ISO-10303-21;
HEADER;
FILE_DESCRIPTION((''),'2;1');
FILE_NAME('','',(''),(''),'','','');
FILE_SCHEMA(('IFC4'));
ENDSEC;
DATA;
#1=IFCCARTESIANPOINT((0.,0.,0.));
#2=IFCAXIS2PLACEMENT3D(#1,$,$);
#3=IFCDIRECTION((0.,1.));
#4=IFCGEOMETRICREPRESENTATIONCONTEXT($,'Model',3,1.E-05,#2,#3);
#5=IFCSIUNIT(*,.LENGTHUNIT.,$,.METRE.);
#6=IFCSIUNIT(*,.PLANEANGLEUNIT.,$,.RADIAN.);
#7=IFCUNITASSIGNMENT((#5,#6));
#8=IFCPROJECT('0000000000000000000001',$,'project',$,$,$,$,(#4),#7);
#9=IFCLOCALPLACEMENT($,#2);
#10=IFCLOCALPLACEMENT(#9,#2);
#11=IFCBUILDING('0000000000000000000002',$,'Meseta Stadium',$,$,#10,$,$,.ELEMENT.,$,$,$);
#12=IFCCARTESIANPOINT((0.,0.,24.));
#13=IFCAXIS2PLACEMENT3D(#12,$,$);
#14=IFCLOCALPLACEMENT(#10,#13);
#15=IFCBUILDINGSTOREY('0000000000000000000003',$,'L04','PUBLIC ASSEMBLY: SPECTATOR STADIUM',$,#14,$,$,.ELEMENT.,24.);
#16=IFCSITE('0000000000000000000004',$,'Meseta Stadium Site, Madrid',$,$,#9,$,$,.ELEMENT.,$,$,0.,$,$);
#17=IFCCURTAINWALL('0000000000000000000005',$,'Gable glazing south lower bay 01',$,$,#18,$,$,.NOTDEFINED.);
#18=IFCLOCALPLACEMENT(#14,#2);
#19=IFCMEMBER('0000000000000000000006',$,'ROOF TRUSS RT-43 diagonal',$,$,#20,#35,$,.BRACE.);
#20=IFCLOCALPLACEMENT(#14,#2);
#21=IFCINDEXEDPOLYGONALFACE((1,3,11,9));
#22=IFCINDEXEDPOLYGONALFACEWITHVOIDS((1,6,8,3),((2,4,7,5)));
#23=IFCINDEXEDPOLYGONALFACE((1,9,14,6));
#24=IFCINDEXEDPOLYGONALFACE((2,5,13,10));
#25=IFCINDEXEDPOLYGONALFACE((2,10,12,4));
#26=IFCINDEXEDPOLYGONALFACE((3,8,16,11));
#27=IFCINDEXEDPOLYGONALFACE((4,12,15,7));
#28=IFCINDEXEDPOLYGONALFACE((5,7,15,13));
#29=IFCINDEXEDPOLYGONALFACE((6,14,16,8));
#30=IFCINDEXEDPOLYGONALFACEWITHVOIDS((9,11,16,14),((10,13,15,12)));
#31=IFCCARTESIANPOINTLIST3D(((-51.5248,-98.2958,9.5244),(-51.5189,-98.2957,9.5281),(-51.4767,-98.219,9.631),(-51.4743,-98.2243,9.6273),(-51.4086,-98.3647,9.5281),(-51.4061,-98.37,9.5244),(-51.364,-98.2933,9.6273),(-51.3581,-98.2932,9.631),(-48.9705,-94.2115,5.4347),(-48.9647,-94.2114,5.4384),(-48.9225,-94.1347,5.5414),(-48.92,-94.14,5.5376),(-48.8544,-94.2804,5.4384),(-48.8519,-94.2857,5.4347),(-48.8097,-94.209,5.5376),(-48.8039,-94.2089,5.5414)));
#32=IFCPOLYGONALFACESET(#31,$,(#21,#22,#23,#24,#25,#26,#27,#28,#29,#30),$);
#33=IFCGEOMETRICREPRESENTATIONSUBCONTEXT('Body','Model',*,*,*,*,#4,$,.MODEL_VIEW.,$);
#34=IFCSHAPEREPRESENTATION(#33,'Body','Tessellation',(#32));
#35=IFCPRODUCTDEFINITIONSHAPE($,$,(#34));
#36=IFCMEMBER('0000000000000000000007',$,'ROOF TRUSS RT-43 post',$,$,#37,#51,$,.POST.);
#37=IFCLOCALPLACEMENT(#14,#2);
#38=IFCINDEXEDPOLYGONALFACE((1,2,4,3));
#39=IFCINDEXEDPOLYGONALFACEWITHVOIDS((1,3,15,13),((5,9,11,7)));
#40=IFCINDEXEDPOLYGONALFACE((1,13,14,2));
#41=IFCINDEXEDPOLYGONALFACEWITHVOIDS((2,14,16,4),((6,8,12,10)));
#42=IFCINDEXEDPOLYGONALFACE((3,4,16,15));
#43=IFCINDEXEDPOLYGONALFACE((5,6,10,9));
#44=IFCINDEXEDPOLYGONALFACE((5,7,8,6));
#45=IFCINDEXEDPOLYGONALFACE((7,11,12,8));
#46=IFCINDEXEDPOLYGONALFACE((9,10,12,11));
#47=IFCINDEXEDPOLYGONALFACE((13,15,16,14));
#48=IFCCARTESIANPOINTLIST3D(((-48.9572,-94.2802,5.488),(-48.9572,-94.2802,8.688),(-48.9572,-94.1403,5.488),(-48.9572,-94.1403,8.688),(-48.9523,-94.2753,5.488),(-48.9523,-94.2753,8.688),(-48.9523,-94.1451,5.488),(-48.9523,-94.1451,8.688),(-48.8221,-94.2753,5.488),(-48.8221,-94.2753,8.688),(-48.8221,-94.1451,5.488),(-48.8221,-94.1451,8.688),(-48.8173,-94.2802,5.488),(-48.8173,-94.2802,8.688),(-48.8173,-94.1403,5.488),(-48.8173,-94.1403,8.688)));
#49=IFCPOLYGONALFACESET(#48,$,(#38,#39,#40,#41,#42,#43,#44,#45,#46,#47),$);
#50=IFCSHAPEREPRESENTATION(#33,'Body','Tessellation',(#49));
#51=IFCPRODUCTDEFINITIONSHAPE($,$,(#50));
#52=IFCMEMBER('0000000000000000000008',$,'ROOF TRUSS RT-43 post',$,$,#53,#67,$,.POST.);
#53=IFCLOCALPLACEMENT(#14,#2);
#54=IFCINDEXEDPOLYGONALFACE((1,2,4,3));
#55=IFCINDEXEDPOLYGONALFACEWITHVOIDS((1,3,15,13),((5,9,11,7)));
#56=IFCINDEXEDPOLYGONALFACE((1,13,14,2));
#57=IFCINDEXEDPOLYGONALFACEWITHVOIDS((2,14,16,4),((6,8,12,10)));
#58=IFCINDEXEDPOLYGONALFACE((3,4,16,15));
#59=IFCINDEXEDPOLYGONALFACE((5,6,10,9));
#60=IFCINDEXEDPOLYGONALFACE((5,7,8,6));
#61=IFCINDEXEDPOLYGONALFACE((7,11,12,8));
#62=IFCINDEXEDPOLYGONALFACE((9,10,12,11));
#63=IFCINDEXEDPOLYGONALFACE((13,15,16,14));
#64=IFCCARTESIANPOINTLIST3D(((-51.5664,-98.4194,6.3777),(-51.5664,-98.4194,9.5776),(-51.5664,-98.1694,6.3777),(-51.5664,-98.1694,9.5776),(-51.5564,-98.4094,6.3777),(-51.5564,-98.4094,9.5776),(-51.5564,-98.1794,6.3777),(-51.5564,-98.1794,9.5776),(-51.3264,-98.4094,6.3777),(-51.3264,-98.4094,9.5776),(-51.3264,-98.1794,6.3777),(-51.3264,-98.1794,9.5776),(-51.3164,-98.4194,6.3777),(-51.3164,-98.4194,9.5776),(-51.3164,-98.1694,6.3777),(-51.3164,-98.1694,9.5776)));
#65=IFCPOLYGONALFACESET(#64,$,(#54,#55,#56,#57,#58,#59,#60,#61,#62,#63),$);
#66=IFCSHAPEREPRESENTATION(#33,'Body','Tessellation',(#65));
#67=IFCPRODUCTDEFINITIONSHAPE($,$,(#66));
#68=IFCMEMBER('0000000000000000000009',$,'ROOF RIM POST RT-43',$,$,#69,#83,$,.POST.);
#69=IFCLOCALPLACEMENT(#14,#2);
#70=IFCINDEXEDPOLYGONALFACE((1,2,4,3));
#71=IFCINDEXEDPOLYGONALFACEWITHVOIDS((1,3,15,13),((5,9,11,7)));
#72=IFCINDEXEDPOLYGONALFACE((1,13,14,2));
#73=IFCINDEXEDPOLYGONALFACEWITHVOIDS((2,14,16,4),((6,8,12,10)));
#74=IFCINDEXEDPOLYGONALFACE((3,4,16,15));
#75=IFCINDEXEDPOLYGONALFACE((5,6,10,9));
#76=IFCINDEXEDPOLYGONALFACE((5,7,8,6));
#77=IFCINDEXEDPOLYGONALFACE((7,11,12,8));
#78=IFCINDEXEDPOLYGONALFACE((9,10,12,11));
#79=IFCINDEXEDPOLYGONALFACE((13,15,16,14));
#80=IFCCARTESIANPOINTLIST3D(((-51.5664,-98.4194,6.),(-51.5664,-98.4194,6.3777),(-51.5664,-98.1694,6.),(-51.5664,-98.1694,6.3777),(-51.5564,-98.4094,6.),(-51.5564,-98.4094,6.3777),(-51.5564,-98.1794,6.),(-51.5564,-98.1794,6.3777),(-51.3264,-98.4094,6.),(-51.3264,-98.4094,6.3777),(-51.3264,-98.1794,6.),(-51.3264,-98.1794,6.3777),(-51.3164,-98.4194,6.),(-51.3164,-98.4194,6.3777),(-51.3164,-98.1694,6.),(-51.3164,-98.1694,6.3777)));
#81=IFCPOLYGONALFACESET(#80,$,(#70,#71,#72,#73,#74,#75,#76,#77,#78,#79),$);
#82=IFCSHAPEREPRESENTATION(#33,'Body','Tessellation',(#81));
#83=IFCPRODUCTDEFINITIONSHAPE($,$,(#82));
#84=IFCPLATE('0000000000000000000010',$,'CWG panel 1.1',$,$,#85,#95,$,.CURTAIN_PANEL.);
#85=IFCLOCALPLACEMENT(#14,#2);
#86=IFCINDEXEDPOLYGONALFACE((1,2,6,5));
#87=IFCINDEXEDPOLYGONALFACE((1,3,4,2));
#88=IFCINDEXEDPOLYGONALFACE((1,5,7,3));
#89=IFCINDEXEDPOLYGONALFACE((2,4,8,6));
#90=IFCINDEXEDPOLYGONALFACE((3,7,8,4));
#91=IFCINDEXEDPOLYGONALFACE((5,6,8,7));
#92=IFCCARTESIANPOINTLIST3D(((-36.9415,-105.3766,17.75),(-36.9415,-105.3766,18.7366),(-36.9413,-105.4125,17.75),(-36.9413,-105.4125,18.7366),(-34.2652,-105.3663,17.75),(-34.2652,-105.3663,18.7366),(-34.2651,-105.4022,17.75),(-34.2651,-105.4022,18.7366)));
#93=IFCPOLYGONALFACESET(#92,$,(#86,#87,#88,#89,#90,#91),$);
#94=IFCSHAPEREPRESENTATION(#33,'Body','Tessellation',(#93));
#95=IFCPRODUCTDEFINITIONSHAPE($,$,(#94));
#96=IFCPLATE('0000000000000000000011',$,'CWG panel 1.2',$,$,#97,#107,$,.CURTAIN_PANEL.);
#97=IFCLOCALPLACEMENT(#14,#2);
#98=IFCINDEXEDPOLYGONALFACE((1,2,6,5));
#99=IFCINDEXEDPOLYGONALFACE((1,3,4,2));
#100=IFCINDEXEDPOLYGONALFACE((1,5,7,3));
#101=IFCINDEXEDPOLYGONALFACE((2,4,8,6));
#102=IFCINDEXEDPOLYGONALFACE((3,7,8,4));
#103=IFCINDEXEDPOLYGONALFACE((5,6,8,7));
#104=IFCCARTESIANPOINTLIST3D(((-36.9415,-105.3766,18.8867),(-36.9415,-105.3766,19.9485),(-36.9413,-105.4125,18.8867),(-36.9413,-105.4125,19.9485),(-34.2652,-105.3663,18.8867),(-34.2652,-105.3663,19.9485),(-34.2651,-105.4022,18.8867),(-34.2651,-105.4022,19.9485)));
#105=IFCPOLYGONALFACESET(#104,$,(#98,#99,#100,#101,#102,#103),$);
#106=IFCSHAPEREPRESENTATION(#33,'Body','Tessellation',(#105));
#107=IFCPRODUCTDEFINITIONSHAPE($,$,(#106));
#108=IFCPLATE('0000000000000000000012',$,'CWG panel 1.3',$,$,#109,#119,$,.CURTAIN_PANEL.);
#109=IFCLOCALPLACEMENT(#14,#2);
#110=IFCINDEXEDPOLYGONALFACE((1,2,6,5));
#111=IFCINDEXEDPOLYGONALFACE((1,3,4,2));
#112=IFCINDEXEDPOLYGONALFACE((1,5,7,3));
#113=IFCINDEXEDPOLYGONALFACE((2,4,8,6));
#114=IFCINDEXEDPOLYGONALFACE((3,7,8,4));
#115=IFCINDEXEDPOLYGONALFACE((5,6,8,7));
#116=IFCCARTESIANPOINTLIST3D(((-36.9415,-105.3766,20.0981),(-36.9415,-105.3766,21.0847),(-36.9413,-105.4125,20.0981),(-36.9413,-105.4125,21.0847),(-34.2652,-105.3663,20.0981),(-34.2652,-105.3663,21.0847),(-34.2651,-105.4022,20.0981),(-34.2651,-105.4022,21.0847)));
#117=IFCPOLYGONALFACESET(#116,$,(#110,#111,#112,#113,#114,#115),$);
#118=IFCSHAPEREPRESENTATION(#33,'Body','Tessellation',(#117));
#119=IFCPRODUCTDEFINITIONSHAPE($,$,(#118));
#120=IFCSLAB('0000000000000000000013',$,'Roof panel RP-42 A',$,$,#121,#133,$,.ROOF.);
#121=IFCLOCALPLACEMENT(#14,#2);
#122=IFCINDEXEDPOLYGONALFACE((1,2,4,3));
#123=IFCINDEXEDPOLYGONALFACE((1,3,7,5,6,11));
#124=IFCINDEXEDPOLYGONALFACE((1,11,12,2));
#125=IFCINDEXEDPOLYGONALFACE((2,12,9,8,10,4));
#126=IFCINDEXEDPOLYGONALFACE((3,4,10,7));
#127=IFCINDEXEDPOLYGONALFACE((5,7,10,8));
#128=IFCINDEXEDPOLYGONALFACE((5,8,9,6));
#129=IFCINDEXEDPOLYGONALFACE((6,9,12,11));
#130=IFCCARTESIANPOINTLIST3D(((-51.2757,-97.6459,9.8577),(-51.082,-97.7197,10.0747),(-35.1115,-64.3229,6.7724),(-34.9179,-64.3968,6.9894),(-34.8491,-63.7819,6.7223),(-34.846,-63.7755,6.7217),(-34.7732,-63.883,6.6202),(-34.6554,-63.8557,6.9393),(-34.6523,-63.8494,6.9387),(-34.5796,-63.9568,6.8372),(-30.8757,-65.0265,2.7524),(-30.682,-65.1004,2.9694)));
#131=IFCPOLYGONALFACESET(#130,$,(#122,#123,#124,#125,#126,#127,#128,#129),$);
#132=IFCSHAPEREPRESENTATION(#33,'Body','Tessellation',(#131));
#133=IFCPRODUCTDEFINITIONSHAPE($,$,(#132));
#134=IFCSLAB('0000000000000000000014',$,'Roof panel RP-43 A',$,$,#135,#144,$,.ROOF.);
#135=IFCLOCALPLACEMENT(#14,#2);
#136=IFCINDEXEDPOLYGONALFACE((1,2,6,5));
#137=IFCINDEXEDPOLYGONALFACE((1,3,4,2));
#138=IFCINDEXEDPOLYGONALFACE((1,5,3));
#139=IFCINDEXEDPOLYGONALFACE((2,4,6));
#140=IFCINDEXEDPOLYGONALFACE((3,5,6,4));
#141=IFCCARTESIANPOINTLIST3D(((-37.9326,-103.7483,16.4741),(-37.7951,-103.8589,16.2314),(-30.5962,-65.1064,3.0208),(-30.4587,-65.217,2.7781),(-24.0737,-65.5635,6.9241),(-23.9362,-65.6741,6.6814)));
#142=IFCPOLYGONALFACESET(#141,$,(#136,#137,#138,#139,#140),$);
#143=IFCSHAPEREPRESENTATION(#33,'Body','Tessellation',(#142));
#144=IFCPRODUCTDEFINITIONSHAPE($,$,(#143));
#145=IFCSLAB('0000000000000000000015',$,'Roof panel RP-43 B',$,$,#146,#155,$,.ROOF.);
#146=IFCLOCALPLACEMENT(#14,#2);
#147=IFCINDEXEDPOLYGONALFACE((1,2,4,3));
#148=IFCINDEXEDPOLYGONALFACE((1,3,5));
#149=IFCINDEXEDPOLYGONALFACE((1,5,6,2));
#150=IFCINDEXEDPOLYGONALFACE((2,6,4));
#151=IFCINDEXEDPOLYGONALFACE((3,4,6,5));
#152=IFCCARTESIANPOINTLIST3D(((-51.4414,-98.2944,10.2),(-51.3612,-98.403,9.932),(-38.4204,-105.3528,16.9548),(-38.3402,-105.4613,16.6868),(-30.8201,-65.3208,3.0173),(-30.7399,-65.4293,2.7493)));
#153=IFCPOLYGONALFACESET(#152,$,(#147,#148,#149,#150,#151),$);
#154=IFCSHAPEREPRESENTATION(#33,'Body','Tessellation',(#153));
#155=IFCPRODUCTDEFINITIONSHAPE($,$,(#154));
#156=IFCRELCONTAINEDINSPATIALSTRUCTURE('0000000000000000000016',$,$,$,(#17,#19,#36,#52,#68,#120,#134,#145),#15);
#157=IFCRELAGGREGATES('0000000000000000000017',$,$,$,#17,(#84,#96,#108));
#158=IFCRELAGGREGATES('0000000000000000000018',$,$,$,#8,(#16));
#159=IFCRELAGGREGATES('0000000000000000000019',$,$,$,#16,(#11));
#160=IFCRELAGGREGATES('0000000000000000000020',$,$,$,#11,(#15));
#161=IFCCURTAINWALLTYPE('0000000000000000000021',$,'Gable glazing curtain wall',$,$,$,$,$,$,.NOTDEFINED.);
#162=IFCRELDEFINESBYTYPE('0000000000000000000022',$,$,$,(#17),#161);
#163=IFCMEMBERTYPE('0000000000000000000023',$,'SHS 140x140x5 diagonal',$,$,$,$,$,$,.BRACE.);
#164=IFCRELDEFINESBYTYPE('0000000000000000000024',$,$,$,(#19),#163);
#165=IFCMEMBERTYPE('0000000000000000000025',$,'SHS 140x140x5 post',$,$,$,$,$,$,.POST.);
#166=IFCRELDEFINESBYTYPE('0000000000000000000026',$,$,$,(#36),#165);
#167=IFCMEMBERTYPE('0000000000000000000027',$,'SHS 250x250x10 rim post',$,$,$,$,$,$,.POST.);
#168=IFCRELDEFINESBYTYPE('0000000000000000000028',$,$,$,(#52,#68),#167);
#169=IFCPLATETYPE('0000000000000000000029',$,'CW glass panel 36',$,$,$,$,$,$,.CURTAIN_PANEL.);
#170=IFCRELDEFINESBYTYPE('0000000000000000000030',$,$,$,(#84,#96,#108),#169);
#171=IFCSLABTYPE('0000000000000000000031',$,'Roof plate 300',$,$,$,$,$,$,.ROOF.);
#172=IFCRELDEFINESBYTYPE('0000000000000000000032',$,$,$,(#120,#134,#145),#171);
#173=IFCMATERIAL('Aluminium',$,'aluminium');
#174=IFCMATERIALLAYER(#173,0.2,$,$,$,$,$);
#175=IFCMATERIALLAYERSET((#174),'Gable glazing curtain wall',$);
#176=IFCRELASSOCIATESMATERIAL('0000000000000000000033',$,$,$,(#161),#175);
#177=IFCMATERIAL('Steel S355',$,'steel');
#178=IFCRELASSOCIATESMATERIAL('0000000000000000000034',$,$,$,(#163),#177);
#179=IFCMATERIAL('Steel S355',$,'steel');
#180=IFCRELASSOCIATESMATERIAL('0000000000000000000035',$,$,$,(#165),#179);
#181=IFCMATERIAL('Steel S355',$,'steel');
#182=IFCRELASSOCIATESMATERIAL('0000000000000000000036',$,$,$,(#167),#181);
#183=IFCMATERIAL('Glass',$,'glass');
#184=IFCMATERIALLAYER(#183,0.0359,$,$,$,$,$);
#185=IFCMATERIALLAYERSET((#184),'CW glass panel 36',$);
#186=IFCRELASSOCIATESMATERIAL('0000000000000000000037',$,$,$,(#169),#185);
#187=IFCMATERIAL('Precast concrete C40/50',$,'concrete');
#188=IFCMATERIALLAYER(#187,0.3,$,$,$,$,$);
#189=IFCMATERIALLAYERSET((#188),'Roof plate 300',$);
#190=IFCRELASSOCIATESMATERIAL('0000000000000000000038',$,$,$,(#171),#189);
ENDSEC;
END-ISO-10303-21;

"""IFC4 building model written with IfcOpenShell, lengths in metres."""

from ifc_helpers import new_model, si_unit, direction, frame, origin, origin_2d, place, context, subcontext, project, spatial, polyline, rectangle, hollow_rectangle, outline, extrude, material, layer, layer_set, material_profile, profile_set, type_object, element, aggregate, save


model = new_model("IFC4")

# Units and contexts
model_context = context("Model", 3, precision=1e-05, world=origin(), true_north=direction((0.0, 1.0)))
body_context = subcontext(model_context, "Body", "Model", "MODEL_VIEW")
ifc_project = project(units=[si_unit("LENGTHUNIT", "METRE"), si_unit("PLANEANGLEUNIT", "RADIAN")], contexts=[model_context])

# Site, building, storey
site_placement = place(None, origin())
site = spatial("IfcSite", under=ifc_project, at=site_placement, Name="Meseta Stadium Site, Madrid", CompositionType="ELEMENT", RefElevation=0.0)
building_placement = place(site_placement, origin())
building = spatial("IfcBuilding", under=site, at=building_placement, Name="Meseta Stadium", CompositionType="ELEMENT")
storey_placement = place(building_placement, frame((0.0, 0.0, 24.0)))
storey = spatial("IfcBuildingStorey", under=building, at=storey_placement, Name="L04", Description="PUBLIC ASSEMBLY: SPECTATOR STADIUM", CompositionType="ELEMENT", Elevation=24.0)

# Curtain wall
ifc_material_1 = material(Name="Aluminium", Category="aluminium")
ifc_layer_1 = layer(ifc_material_1, 0.2)
ifc_layer_set_1 = layer_set([ifc_layer_1], Name="Gable glazing curtain wall")
curtain_wall_type = type_object("IfcCurtainWallType", Name="Gable glazing curtain wall", PredefinedType="NOTDEFINED", material=ifc_layer_set_1)
curtain_wall_placement = place(storey_placement, origin())
curtain_wall = element("IfcCurtainWall", 1, at=curtain_wall_placement, inside=storey, type_object=curtain_wall_type, Name="Gable glazing south lower bay 01", PredefinedType="NOTDEFINED")

# Members
ifc_material_2 = material(Name="Steel S355", Category="steel")
ifc_material_profile_1 = material_profile(ifc_material_2, hollow_rectangle(XDim=0.1399, YDim=0.1399, WallThickness=0.0049, at=origin_2d()), Name="SHS 140x140x5")
ifc_profile_set_1 = profile_set([ifc_material_profile_1], Name="Steel S355")
member_type_1 = type_object("IfcMemberType", Name="SHS 140x140x5 diagonal", PredefinedType="BRACE", material=ifc_profile_set_1)
member_1_placement = place(storey_placement, frame((-48.8872, -94.2102, 5.488), z_axis=(-0.40421, -0.646342, 0.647192), x_axis=(0.847853, -0.530231, 0.0)))
element("IfcMember", 2, at=member_1_placement, inside=storey, type_object=member_type_1, Name="ROOF TRUSS RT-43 diagonal", PredefinedType="BRACE", context=body_context, shape_type="SweptSolid", body=[
    extrude(hollow_rectangle(XDim=0.1399, YDim=0.1399, WallThickness=0.0049, at=origin_2d()), origin(), (0.0, 0.0, 1.0), 6.3191),
])
ifc_material_3 = material(Name="Steel S355", Category="steel")
ifc_material_profile_2 = material_profile(ifc_material_3, hollow_rectangle(XDim=0.1399, YDim=0.1399, WallThickness=0.0049, at=origin_2d()), Name="SHS 140x140x5")
ifc_profile_set_2 = profile_set([ifc_material_profile_2], Name="Steel S355")
member_type_2 = type_object("IfcMemberType", Name="SHS 140x140x5 post", PredefinedType="POST", material=ifc_profile_set_2)
member_2_placement = place(storey_placement, frame((-48.8872, -94.2102, 5.488), z_axis=(0.0, 0.0, 1.0), x_axis=(1.0, 0.0, 0.0)))
element("IfcMember", 3, at=member_2_placement, inside=storey, type_object=member_type_2, Name="ROOF TRUSS RT-43 post", PredefinedType="POST", context=body_context, shape_type="SweptSolid", body=[
    extrude(hollow_rectangle(XDim=0.1399, YDim=0.1399, WallThickness=0.0049, at=origin_2d()), origin(), (0.0, 0.0, 1.0), 3.2),
])
ifc_material_4 = material(Name="Steel S355", Category="steel")
ifc_material_profile_3 = material_profile(ifc_material_4, hollow_rectangle(XDim=0.25, YDim=0.25, WallThickness=0.01, at=origin_2d()), Name="SHS 250x250x10")
ifc_profile_set_3 = profile_set([ifc_material_profile_3], Name="Steel S355")
member_type_3 = type_object("IfcMemberType", Name="SHS 250x250x10 rim post", PredefinedType="POST", material=ifc_profile_set_3)
member_3_placement = place(storey_placement, frame((-51.4414, -98.2944, 6.3777), z_axis=(0.0, 0.0, 1.0), x_axis=(1.0, 0.0, 0.0)))
element("IfcMember", 4, at=member_3_placement, inside=storey, type_object=member_type_3, Name="ROOF TRUSS RT-43 post", PredefinedType="POST", context=body_context, shape_type="SweptSolid", body=[
    extrude(hollow_rectangle(XDim=0.25, YDim=0.25, WallThickness=0.01, at=origin_2d()), origin(), (0.0, 0.0, 1.0), 3.2),
])
member_4_placement = place(storey_placement, frame((-51.4414, -98.2944, 6.0), z_axis=(0.0, 0.0, 1.0), x_axis=(1.0, 0.0, 0.0)))
element("IfcMember", 5, at=member_4_placement, inside=storey, type_object=member_type_3, Name="ROOF RIM POST RT-43", PredefinedType="POST", context=body_context, shape_type="SweptSolid", body=[
    extrude(hollow_rectangle(XDim=0.25, YDim=0.25, WallThickness=0.01, at=origin_2d()), origin(), (0.0, 0.0, 1.0), 0.3777),
])

# Plates
ifc_material_5 = material(Name="Glass", Category="glass")
ifc_layer_2 = layer(ifc_material_5, 0.0359)
ifc_layer_set_2 = layer_set([ifc_layer_2], Name="CW glass panel 36")
plate_type = type_object("IfcPlateType", Name="CW glass panel 36", PredefinedType="CURTAIN_PANEL", material=ifc_layer_set_2)
plate_1_placement = place(storey_placement, frame((-35.6033, -105.3894, 17.75), z_axis=(0.0, 0.0, 1.0), x_axis=(0.999993, 0.003848, 0.0)))
plate_1 = element("IfcPlate", 6, at=plate_1_placement, type_object=plate_type, Name="CWG panel 1.1", PredefinedType="CURTAIN_PANEL", context=body_context, shape_type="SweptSolid", body=[
    extrude(rectangle(XDim=2.6763, YDim=0.0359, at=origin_2d()), origin(), (0.0, 0.0, 1.0), 0.9866),
])
plate_2_placement = place(storey_placement, frame((-35.6033, -105.3894, 18.8867), z_axis=(0.0, 0.0, 1.0), x_axis=(0.999993, 0.003848, 0.0)))
plate_2 = element("IfcPlate", 7, at=plate_2_placement, type_object=plate_type, Name="CWG panel 1.2", PredefinedType="CURTAIN_PANEL", context=body_context, shape_type="SweptSolid", body=[
    extrude(rectangle(XDim=2.6763, YDim=0.0359, at=origin_2d()), origin(), (0.0, 0.0, 1.0), 1.0618),
])
plate_3_placement = place(storey_placement, frame((-35.6033, -105.3894, 20.0981), z_axis=(0.0, 0.0, 1.0), x_axis=(0.999993, 0.003848, 0.0)))
plate_3 = element("IfcPlate", 8, at=plate_3_placement, type_object=plate_type, Name="CWG panel 1.3", PredefinedType="CURTAIN_PANEL", context=body_context, shape_type="SweptSolid", body=[
    extrude(rectangle(XDim=2.6763, YDim=0.0359, at=origin_2d()), origin(), (0.0, 0.0, 1.0), 0.9866),
])
aggregate(curtain_wall, [plate_1, plate_2, plate_3])

# Slabs
ifc_material_6 = material(Name="Precast concrete C40/50", Category="concrete")
ifc_layer_3 = layer(ifc_material_6, 0.3)
ifc_layer_set_3 = layer_set([ifc_layer_3], Name="Roof plate 300")
slab_type = type_object("IfcSlabType", Name="Roof plate 300", PredefinedType="ROOF", material=ifc_layer_set_3)
slab_1_placement = place(storey_placement, frame((-51.082, -97.7197, 10.0747), z_axis=(0.645392, -0.246112, 0.723117), x_axis=(0.521423, 0.833748, -0.181612)))
element("IfcSlab", 9, at=slab_1_placement, inside=storey, type_object=slab_type, Name="Roof panel RP-42 A", PredefinedType="ROOF", context=body_context, shape_type="SweptSolid", body=[
    extrude(outline(polyline([(0.0, 0.0), (39.1238, 0.0), (37.3757, 5.4798), (37.3686, 5.4788), (37.3425, 5.3184), (36.7716, 5.3912), (0.0, 0.0)])), origin(), (0.0, 0.0, -1.0), 0.3),
])
slab_2_placement = place(storey_placement, frame((-37.9326, -103.7483, 16.4741), z_axis=(-0.458206, 0.368589, 0.80882), x_axis=(0.176487, 0.929576, -0.323637)))
element("IfcSlab", 10, at=slab_2_placement, inside=storey, type_object=slab_type, Name="Roof panel RP-43 A", PredefinedType="ROOF", context=body_context, shape_type="SweptSolid", body=[
    extrude(outline(polyline([(0.0, 0.0), (41.5693, 0.0), (41.0323, -7.596), (0.0, 0.0)])), origin(), (0.0, 0.0, -1.0), 0.3),
])
slab_3_placement = place(storey_placement, frame((-51.4414, -98.2944, 10.2), z_axis=(-0.267272, 0.361705, 0.89316), x_axis=(0.521418, 0.83375, -0.181615)))
element("IfcSlab", 11, at=slab_3_placement, inside=storey, type_object=slab_type, Name="Roof panel RP-43 B", PredefinedType="ROOF", context=body_context, shape_type="SweptSolid", body=[
    extrude(outline(polyline([(0.0, 0.0), (39.5486, 0.0), (-0.3223, -16.2755), (0.0, 0.0)])), origin(), (0.0, 0.0, -1.0), 0.3),
])

save(model, "model.ifc")
